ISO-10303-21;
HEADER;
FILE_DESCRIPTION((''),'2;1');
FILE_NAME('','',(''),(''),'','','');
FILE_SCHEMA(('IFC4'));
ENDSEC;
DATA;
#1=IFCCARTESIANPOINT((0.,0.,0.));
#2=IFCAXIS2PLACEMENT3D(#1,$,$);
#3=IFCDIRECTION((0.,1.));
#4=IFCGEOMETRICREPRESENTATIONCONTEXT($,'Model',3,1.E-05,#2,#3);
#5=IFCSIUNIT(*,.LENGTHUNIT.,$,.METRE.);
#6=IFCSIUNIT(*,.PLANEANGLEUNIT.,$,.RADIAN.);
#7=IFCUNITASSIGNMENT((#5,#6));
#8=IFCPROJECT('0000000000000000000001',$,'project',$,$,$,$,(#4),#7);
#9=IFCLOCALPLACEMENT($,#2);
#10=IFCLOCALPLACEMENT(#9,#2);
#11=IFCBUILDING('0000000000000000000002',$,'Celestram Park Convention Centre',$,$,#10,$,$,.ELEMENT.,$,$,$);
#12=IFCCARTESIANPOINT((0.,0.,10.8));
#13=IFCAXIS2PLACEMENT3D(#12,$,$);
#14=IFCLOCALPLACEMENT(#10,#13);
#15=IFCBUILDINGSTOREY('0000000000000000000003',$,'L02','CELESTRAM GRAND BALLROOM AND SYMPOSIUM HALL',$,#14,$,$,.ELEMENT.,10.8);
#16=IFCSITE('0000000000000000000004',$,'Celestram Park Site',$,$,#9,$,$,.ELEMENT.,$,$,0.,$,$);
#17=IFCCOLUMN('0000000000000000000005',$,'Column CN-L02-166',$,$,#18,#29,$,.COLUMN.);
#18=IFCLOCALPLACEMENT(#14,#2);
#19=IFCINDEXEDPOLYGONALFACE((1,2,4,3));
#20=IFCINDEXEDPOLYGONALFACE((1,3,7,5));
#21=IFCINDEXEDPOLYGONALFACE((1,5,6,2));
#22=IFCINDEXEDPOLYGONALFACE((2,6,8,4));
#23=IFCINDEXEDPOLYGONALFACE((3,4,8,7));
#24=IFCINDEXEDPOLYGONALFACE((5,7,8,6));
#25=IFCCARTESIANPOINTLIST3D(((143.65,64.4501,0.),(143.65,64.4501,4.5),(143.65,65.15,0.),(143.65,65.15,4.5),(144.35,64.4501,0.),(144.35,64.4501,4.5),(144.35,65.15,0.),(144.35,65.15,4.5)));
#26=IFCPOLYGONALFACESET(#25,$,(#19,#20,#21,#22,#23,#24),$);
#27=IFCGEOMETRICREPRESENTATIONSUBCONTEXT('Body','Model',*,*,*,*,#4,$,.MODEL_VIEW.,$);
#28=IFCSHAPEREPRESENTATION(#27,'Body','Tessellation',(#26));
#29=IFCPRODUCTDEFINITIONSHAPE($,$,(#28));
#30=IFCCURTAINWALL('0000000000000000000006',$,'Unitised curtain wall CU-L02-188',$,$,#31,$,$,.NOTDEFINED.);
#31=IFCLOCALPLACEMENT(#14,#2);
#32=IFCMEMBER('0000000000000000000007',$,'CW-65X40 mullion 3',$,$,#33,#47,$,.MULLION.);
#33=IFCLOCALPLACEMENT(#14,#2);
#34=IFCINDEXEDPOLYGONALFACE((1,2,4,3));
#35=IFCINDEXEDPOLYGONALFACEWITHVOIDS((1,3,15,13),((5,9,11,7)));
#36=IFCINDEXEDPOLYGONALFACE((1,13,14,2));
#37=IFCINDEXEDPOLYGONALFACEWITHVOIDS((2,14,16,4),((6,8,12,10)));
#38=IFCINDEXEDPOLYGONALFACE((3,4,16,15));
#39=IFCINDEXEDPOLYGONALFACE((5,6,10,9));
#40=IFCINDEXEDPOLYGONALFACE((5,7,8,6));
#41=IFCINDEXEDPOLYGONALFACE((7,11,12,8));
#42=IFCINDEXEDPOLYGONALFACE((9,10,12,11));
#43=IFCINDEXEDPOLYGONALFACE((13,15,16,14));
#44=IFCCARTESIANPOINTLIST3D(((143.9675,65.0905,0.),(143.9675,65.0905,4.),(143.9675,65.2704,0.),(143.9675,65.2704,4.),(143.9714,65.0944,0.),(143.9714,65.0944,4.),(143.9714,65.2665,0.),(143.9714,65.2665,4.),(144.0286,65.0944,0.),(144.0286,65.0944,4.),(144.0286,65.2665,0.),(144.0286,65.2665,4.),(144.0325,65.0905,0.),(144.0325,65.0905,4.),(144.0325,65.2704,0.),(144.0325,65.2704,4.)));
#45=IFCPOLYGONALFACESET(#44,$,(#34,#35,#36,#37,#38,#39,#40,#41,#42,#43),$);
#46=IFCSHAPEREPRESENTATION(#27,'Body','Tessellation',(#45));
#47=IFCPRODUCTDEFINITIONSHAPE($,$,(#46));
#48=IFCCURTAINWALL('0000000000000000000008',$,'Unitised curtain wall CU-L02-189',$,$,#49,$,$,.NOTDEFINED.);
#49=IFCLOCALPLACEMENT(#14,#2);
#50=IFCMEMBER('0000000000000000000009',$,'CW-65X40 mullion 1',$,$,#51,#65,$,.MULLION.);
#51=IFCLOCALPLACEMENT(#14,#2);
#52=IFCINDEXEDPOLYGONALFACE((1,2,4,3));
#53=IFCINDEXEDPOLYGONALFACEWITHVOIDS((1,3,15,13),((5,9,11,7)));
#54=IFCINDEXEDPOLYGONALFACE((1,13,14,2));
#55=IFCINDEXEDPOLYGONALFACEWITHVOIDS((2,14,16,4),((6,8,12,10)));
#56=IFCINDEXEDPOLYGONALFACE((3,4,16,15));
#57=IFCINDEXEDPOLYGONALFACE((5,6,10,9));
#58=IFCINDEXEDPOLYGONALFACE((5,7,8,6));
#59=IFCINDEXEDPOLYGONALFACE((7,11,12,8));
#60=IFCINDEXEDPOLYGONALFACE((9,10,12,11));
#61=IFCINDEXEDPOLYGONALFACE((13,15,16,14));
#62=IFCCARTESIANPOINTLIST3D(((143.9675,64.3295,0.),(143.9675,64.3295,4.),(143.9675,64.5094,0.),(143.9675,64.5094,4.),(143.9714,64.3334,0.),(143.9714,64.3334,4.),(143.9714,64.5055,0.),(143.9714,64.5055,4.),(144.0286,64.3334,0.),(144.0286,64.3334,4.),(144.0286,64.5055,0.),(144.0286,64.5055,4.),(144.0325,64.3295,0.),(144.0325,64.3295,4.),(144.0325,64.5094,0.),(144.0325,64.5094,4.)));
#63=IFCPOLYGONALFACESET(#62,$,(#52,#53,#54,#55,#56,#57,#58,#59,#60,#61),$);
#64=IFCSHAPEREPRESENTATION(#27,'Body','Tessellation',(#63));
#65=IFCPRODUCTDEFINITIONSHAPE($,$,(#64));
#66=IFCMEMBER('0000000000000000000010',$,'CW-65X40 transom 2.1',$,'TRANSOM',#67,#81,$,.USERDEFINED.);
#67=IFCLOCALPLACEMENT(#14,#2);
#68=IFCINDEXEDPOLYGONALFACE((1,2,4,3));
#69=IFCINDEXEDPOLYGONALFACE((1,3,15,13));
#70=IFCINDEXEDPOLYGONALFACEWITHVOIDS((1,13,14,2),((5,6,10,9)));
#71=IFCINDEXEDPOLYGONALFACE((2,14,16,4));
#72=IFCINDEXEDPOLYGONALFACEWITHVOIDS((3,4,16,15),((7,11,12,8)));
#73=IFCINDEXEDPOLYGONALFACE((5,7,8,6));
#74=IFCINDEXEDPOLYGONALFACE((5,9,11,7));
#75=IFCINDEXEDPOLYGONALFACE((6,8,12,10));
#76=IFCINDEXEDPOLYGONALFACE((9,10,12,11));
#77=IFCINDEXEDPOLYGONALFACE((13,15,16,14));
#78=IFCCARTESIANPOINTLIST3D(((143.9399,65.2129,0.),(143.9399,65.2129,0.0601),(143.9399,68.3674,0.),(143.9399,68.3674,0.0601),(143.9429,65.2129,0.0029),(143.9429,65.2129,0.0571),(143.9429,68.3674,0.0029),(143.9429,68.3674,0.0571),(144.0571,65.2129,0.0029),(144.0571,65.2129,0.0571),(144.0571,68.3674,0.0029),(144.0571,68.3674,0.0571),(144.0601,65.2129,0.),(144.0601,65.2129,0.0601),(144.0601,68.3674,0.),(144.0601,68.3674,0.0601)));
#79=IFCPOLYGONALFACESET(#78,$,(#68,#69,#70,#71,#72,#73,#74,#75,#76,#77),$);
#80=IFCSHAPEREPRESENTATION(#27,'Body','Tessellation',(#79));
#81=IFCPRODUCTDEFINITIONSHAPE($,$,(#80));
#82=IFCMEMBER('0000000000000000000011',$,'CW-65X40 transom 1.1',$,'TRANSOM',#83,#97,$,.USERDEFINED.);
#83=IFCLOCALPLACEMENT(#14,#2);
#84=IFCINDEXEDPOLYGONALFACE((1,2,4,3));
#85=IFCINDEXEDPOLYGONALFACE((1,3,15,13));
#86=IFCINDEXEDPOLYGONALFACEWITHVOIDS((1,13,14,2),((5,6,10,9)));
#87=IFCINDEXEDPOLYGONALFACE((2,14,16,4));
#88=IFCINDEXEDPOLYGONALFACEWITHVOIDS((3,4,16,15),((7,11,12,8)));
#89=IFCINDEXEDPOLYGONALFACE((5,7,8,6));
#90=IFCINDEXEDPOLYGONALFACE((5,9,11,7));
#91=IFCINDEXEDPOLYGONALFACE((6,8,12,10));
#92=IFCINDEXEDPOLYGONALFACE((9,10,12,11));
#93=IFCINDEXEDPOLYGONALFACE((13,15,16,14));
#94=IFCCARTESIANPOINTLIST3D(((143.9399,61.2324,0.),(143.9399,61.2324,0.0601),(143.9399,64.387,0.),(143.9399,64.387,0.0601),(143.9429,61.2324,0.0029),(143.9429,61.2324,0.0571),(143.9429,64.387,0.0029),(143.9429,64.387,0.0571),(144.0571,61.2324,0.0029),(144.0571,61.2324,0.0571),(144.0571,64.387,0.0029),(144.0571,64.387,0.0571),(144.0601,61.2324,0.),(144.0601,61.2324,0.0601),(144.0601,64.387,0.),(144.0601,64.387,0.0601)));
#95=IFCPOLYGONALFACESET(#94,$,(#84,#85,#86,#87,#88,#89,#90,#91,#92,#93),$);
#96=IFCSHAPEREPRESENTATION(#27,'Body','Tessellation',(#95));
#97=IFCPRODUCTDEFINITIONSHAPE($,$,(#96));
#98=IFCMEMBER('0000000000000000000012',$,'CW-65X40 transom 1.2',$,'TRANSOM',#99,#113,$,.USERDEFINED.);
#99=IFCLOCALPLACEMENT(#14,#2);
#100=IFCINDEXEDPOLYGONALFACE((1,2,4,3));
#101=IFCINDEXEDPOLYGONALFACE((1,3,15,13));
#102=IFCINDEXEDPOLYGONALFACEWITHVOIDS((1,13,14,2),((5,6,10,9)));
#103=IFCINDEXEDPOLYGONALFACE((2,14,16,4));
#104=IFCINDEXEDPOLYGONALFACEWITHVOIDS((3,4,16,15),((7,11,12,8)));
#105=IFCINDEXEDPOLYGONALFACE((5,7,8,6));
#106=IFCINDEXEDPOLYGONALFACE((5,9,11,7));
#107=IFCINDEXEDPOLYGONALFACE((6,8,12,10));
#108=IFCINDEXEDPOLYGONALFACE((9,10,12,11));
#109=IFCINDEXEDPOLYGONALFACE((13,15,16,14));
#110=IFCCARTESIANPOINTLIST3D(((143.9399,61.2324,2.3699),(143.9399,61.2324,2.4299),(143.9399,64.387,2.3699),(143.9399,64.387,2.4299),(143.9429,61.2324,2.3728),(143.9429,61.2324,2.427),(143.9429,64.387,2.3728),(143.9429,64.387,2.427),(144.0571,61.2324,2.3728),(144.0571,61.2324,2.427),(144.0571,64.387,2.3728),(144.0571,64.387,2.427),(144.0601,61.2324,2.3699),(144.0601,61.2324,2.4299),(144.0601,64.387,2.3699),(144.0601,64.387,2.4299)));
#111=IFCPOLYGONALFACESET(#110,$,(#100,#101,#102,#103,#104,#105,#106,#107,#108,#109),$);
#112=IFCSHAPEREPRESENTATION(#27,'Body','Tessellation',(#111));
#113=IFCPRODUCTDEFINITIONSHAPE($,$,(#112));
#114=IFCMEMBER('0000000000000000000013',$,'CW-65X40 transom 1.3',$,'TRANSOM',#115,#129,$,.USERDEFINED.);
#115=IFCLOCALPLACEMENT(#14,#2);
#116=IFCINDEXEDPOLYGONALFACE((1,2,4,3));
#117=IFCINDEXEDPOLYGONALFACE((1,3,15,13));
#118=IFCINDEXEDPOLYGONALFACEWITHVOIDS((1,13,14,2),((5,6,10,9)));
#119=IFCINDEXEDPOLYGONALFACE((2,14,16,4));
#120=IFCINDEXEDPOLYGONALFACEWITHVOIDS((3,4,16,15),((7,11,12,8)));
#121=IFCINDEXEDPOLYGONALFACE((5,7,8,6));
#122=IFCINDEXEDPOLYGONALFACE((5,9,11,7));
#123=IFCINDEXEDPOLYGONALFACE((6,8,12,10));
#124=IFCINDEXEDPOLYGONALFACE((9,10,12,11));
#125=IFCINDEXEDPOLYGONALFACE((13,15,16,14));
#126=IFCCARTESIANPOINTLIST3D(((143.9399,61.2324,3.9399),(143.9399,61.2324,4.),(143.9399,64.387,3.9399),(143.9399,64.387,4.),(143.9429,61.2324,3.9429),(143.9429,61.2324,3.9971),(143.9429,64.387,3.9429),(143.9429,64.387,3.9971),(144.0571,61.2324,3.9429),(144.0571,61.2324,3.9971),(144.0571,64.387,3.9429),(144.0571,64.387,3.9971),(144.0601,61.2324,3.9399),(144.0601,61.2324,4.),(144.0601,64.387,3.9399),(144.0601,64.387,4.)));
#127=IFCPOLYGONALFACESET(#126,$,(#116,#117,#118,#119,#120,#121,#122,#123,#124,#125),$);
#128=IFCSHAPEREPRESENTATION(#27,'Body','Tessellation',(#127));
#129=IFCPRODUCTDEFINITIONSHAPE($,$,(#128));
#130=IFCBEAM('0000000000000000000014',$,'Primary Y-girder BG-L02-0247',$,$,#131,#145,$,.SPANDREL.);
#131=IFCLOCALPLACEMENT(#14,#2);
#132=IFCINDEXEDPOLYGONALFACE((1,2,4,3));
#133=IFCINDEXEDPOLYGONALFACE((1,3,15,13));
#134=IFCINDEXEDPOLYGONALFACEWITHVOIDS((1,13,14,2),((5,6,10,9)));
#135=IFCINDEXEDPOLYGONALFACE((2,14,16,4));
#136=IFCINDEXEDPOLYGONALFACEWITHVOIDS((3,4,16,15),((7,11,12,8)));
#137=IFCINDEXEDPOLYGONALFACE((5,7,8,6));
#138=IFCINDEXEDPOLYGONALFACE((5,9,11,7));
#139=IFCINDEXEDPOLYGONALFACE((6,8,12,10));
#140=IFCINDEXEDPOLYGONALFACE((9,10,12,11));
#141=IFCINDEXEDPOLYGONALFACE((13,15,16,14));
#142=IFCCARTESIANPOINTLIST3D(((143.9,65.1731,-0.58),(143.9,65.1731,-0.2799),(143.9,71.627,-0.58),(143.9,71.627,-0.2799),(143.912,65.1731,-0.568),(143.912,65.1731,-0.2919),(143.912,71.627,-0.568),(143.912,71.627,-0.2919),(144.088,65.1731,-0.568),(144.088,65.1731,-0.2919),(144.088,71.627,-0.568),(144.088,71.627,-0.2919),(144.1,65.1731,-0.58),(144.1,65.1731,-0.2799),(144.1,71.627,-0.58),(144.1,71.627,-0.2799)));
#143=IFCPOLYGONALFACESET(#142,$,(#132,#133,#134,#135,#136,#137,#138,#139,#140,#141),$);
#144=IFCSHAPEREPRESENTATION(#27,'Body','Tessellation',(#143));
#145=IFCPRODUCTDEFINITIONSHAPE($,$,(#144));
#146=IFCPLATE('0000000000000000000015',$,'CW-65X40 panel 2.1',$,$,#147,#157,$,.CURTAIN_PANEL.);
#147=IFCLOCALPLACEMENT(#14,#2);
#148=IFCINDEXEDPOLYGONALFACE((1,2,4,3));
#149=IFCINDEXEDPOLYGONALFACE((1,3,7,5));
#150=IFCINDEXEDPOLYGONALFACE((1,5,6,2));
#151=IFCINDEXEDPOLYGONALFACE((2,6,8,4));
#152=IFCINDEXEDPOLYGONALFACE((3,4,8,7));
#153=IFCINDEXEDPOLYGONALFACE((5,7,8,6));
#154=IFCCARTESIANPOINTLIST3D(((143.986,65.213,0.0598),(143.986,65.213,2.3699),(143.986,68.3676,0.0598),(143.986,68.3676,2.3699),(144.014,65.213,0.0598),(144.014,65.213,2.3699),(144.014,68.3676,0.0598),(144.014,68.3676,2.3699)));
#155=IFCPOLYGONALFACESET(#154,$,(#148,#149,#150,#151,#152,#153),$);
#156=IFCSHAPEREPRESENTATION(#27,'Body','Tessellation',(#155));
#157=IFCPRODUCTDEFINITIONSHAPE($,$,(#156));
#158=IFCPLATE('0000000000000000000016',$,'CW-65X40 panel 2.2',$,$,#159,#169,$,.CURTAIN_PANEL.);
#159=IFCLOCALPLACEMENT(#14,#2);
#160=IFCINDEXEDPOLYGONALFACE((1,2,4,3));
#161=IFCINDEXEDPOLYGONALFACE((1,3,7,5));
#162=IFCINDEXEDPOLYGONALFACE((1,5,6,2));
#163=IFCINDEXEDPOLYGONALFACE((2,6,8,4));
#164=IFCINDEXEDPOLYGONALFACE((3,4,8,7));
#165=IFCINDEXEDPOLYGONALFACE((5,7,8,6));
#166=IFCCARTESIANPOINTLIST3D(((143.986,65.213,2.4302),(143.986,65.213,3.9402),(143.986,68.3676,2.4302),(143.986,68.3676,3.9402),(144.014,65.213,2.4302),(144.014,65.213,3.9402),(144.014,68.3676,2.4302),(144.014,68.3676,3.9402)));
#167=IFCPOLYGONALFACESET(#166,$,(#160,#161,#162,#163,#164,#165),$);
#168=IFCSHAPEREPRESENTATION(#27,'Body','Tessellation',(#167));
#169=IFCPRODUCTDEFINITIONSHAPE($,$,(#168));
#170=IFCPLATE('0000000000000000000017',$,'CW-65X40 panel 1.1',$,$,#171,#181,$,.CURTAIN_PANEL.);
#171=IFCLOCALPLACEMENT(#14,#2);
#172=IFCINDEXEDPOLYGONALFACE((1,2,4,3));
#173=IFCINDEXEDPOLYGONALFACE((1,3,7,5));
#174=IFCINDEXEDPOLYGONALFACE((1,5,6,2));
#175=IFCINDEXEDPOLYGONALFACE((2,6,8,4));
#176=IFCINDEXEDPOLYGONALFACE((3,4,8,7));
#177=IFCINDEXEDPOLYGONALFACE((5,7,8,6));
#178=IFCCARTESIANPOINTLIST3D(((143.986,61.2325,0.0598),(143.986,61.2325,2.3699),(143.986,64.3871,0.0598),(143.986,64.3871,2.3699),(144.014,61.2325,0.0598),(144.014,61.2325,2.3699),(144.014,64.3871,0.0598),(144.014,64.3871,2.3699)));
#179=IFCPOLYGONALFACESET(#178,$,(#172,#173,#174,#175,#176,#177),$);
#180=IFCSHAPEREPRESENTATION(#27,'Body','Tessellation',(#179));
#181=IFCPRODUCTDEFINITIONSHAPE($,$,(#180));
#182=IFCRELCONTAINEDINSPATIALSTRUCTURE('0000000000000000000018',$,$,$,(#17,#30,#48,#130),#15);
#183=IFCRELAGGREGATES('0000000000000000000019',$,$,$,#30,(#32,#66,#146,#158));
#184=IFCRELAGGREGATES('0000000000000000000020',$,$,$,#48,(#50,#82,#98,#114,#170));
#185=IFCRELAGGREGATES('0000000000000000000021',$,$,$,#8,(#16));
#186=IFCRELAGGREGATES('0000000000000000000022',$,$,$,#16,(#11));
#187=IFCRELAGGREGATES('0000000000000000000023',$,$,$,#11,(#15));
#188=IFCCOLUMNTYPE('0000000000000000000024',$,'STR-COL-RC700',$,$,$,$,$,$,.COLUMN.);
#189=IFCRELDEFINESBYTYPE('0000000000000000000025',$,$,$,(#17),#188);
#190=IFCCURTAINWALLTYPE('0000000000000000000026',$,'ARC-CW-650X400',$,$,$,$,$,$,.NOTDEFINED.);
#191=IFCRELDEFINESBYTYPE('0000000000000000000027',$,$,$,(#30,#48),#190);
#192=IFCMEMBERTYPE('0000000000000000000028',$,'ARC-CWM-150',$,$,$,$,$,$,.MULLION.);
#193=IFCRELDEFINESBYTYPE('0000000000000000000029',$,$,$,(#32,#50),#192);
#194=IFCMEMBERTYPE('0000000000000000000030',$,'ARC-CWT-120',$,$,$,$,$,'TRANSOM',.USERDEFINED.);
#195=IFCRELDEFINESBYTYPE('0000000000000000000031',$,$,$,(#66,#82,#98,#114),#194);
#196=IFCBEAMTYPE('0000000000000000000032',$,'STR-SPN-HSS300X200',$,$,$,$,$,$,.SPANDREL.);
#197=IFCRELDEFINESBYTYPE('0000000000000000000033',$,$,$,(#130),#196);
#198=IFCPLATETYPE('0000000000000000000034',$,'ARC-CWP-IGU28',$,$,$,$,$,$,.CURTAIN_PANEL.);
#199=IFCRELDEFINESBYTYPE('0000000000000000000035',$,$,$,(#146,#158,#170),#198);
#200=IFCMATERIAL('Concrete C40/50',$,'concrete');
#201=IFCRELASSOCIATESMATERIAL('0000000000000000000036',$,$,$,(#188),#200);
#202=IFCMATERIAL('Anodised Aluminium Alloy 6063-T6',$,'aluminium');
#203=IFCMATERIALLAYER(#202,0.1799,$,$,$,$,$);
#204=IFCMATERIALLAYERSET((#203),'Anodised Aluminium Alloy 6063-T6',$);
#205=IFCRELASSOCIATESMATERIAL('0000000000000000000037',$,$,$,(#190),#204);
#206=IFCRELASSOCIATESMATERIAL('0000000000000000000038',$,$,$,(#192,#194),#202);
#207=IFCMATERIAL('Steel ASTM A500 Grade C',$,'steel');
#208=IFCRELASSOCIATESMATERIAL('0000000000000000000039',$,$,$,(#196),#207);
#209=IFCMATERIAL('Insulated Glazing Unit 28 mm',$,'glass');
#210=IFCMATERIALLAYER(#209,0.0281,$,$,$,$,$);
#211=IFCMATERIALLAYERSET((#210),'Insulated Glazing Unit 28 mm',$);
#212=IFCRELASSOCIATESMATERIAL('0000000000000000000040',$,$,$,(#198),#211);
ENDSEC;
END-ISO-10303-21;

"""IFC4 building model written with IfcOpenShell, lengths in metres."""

from ifc_helpers import new_model, si_unit, direction, frame, origin, origin_2d, place, context, subcontext, project, spatial, rectangle, hollow_rectangle, extrude, material, layer, layer_set, material_profile, profile_set, type_object, element, aggregate, save


model = new_model("IFC4")

# Units and contexts
model_context = context("Model", 3, precision=1e-05, world=origin(), true_north=direction((0.0, 1.0)))
body_context = subcontext(model_context, "Body", "Model", "MODEL_VIEW")
ifc_project = project(units=[si_unit("LENGTHUNIT", "METRE"), si_unit("PLANEANGLEUNIT", "RADIAN")], contexts=[model_context])

# Site, building, storey
site_placement = place(None, origin())
site = spatial("IfcSite", under=ifc_project, at=site_placement, Name="Celestram Park Site", CompositionType="ELEMENT", RefElevation=0.0)
building_placement = place(site_placement, origin())
building = spatial("IfcBuilding", under=site, at=building_placement, Name="Celestram Park Convention Centre", CompositionType="ELEMENT")
storey_placement = place(building_placement, frame((0.0, 0.0, 10.8)))
storey = spatial("IfcBuildingStorey", under=building, at=storey_placement, Name="L02", Description="CELESTRAM GRAND BALLROOM AND SYMPOSIUM HALL", CompositionType="ELEMENT", Elevation=10.8)

# Column
ifc_material_1 = material(Name="Concrete C40/50", Category="concrete")
ifc_material_profile_1 = material_profile(ifc_material_1, rectangle(XDim=0.7, YDim=0.7, at=origin_2d()), Name="RC700X700")
ifc_profile_set_1 = profile_set([ifc_material_profile_1], Name="Concrete C40/50")
column_type = type_object("IfcColumnType", Name="STR-COL-RC700", PredefinedType="COLUMN", material=ifc_profile_set_1)
column_placement = place(storey_placement, frame((144.0, 64.8, 0.0), z_axis=(0.0, 0.0, 1.0), x_axis=(1.0, 0.0, 0.0)))
element("IfcColumn", 1, at=column_placement, inside=storey, type_object=column_type, Name="Column CN-L02-166", PredefinedType="COLUMN", context=body_context, shape_type="SweptSolid", body=[
    extrude(rectangle(XDim=0.7, YDim=0.7, at=origin_2d()), origin(), (0.0, 0.0, 1.0), 4.5),
])

# Curtain walls, members
ifc_material_2 = material(Name="Anodised Aluminium Alloy 6063-T6", Category="aluminium")
ifc_layer_1 = layer(ifc_material_2, 0.1799)
ifc_layer_set_1 = layer_set([ifc_layer_1], Name="Anodised Aluminium Alloy 6063-T6")
curtain_wall_type = type_object("IfcCurtainWallType", Name="ARC-CW-650X400", PredefinedType="NOTDEFINED", material=ifc_layer_set_1)
curtain_wall_1_placement = place(storey_placement, origin())
curtain_wall_1 = element("IfcCurtainWall", 2, at=curtain_wall_1_placement, inside=storey, type_object=curtain_wall_type, Name="Unitised curtain wall CU-L02-188", PredefinedType="NOTDEFINED")
ifc_material_profile_2 = material_profile(ifc_material_2, hollow_rectangle(XDim=0.0649, YDim=0.1799, WallThickness=0.0039, at=origin_2d()), Name="ALU65X180X4")
ifc_profile_set_2 = profile_set([ifc_material_profile_2], Name="Anodised Aluminium Alloy 6063-T6")
member_type_1 = type_object("IfcMemberType", Name="ARC-CWM-150", PredefinedType="MULLION", material=ifc_profile_set_2)
member_1_placement = place(storey_placement, frame((144.0, 65.1804, 0.0), z_axis=(0.0, 0.0, 1.0), x_axis=(1.0, 0.0, 0.0)))
member_1 = element("IfcMember", 3, at=member_1_placement, type_object=member_type_1, Name="CW-65X40 mullion 3", PredefinedType="MULLION", context=body_context, shape_type="SweptSolid", body=[
    extrude(hollow_rectangle(XDim=0.0649, YDim=0.1799, WallThickness=0.0039, at=origin_2d()), origin(), (0.0, 0.0, 1.0), 4.0),
])
curtain_wall_2_placement = place(storey_placement, origin())
curtain_wall_2 = element("IfcCurtainWall", 4, at=curtain_wall_2_placement, inside=storey, type_object=curtain_wall_type, Name="Unitised curtain wall CU-L02-189", PredefinedType="NOTDEFINED")
member_2_placement = place(storey_placement, frame((144.0, 64.4194, 0.0), z_axis=(0.0, 0.0, 1.0), x_axis=(1.0, 0.0, 0.0)))
member_2 = element("IfcMember", 5, at=member_2_placement, type_object=member_type_1, Name="CW-65X40 mullion 1", PredefinedType="MULLION", context=body_context, shape_type="SweptSolid", body=[
    extrude(hollow_rectangle(XDim=0.0649, YDim=0.1799, WallThickness=0.0039, at=origin_2d()), origin(), (0.0, 0.0, 1.0), 4.0),
])

# Members
ifc_material_profile_3 = material_profile(ifc_material_2, hollow_rectangle(XDim=0.1201, YDim=0.0601, WallThickness=0.0029, at=origin_2d()), Name="ALU120X60X3")
ifc_profile_set_3 = profile_set([ifc_material_profile_3], Name="Anodised Aluminium Alloy 6063-T6")
member_type_2 = type_object("IfcMemberType", Name="ARC-CWT-120", ElementType="TRANSOM", PredefinedType="USERDEFINED", material=ifc_profile_set_3)
member_3_placement = place(storey_placement, frame((144.0, 68.3674, 0.03), z_axis=(0.0, -1.0, 0.0), x_axis=(1.0, 0.0, 0.0)))
member_3 = element("IfcMember", 6, at=member_3_placement, type_object=member_type_2, Name="CW-65X40 transom 2.1", ObjectType="TRANSOM", PredefinedType="USERDEFINED", context=body_context, shape_type="SweptSolid", body=[
    extrude(hollow_rectangle(XDim=0.1201, YDim=0.0601, WallThickness=0.0029, at=origin_2d()), origin(), (0.0, 0.0, 1.0), 3.1545),
])
member_4_placement = place(storey_placement, frame((144.0, 64.387, 0.03), z_axis=(0.0, -1.0, 0.0), x_axis=(1.0, 0.0, 0.0)))
member_4 = element("IfcMember", 7, at=member_4_placement, type_object=member_type_2, Name="CW-65X40 transom 1.1", ObjectType="TRANSOM", PredefinedType="USERDEFINED", context=body_context, shape_type="SweptSolid", body=[
    extrude(hollow_rectangle(XDim=0.1201, YDim=0.0601, WallThickness=0.0029, at=origin_2d()), origin(), (0.0, 0.0, 1.0), 3.1545),
])
member_5_placement = place(storey_placement, frame((144.0, 64.387, 2.3999), z_axis=(0.0, -1.0, 0.0), x_axis=(1.0, 0.0, 0.0)))
member_5 = element("IfcMember", 8, at=member_5_placement, type_object=member_type_2, Name="CW-65X40 transom 1.2", ObjectType="TRANSOM", PredefinedType="USERDEFINED", context=body_context, shape_type="SweptSolid", body=[
    extrude(hollow_rectangle(XDim=0.1201, YDim=0.0601, WallThickness=0.0029, at=origin_2d()), origin(), (0.0, 0.0, 1.0), 3.1545),
])
member_6_placement = place(storey_placement, frame((144.0, 64.387, 3.97), z_axis=(0.0, -1.0, 0.0), x_axis=(1.0, 0.0, 0.0)))
member_6 = element("IfcMember", 9, at=member_6_placement, type_object=member_type_2, Name="CW-65X40 transom 1.3", ObjectType="TRANSOM", PredefinedType="USERDEFINED", context=body_context, shape_type="SweptSolid", body=[
    extrude(hollow_rectangle(XDim=0.1201, YDim=0.0601, WallThickness=0.0029, at=origin_2d()), origin(), (0.0, 0.0, 1.0), 3.1545),
])

# Beam
ifc_material_3 = material(Name="Steel ASTM A500 Grade C", Category="steel")
ifc_material_profile_4 = material_profile(ifc_material_3, hollow_rectangle(XDim=0.2, YDim=0.3, WallThickness=0.012, at=origin_2d()), Name="HSS300X200X12")
ifc_profile_set_4 = profile_set([ifc_material_profile_4], Name="Steel ASTM A500 Grade C")
beam_type = type_object("IfcBeamType", Name="STR-SPN-HSS300X200", PredefinedType="SPANDREL", material=ifc_profile_set_4)
beam_placement = place(storey_placement, frame((144.0, 65.1731, -0.4299), z_axis=(0.0, 1.0, 0.0), x_axis=(-1.0, 0.0, 0.0)))
element("IfcBeam", 10, at=beam_placement, inside=storey, type_object=beam_type, Name="Primary Y-girder BG-L02-0247", PredefinedType="SPANDREL", context=body_context, shape_type="SweptSolid", body=[
    extrude(hollow_rectangle(XDim=0.2, YDim=0.3, WallThickness=0.012, at=origin_2d()), origin(), (0.0, 0.0, 1.0), 6.4539),
])

# Plates
ifc_material_4 = material(Name="Insulated Glazing Unit 28 mm", Category="glass")
ifc_layer_2 = layer(ifc_material_4, 0.0281)
ifc_layer_set_2 = layer_set([ifc_layer_2], Name="Insulated Glazing Unit 28 mm")
plate_type = type_object("IfcPlateType", Name="ARC-CWP-IGU28", PredefinedType="CURTAIN_PANEL", material=ifc_layer_set_2)
plate_1_placement = place(storey_placement, frame((144.0, 66.7903, 0.0598), z_axis=(0.0, 0.0, 1.0), x_axis=(0.0, -1.0, 0.0)))
plate_1 = element("IfcPlate", 11, at=plate_1_placement, type_object=plate_type, Name="CW-65X40 panel 2.1", PredefinedType="CURTAIN_PANEL", context=body_context, shape_type="SweptSolid", body=[
    extrude(rectangle(XDim=3.1545, YDim=0.0281, at=origin_2d()), origin(), (0.0, 0.0, 1.0), 2.3101),
])
plate_2_placement = place(storey_placement, frame((144.0, 66.7903, 2.4302), z_axis=(0.0, 0.0, 1.0), x_axis=(0.0, -1.0, 0.0)))
plate_2 = element("IfcPlate", 12, at=plate_2_placement, type_object=plate_type, Name="CW-65X40 panel 2.2", PredefinedType="CURTAIN_PANEL", context=body_context, shape_type="SweptSolid", body=[
    extrude(rectangle(XDim=3.1545, YDim=0.0281, at=origin_2d()), origin(), (0.0, 0.0, 1.0), 1.51),
])
aggregate(curtain_wall_1, [member_1, member_3, plate_1, plate_2])
plate_3_placement = place(storey_placement, frame((144.0, 62.8098, 0.0598), z_axis=(0.0, 0.0, 1.0), x_axis=(0.0, -1.0, 0.0)))
plate_3 = element("IfcPlate", 13, at=plate_3_placement, type_object=plate_type, Name="CW-65X40 panel 1.1", PredefinedType="CURTAIN_PANEL", context=body_context, shape_type="SweptSolid", body=[
    extrude(rectangle(XDim=3.1545, YDim=0.0281, at=origin_2d()), origin(), (0.0, 0.0, 1.0), 2.3101),
])
aggregate(curtain_wall_2, [member_2, member_4, member_5, member_6, plate_3])

save(model, "model.ifc")
